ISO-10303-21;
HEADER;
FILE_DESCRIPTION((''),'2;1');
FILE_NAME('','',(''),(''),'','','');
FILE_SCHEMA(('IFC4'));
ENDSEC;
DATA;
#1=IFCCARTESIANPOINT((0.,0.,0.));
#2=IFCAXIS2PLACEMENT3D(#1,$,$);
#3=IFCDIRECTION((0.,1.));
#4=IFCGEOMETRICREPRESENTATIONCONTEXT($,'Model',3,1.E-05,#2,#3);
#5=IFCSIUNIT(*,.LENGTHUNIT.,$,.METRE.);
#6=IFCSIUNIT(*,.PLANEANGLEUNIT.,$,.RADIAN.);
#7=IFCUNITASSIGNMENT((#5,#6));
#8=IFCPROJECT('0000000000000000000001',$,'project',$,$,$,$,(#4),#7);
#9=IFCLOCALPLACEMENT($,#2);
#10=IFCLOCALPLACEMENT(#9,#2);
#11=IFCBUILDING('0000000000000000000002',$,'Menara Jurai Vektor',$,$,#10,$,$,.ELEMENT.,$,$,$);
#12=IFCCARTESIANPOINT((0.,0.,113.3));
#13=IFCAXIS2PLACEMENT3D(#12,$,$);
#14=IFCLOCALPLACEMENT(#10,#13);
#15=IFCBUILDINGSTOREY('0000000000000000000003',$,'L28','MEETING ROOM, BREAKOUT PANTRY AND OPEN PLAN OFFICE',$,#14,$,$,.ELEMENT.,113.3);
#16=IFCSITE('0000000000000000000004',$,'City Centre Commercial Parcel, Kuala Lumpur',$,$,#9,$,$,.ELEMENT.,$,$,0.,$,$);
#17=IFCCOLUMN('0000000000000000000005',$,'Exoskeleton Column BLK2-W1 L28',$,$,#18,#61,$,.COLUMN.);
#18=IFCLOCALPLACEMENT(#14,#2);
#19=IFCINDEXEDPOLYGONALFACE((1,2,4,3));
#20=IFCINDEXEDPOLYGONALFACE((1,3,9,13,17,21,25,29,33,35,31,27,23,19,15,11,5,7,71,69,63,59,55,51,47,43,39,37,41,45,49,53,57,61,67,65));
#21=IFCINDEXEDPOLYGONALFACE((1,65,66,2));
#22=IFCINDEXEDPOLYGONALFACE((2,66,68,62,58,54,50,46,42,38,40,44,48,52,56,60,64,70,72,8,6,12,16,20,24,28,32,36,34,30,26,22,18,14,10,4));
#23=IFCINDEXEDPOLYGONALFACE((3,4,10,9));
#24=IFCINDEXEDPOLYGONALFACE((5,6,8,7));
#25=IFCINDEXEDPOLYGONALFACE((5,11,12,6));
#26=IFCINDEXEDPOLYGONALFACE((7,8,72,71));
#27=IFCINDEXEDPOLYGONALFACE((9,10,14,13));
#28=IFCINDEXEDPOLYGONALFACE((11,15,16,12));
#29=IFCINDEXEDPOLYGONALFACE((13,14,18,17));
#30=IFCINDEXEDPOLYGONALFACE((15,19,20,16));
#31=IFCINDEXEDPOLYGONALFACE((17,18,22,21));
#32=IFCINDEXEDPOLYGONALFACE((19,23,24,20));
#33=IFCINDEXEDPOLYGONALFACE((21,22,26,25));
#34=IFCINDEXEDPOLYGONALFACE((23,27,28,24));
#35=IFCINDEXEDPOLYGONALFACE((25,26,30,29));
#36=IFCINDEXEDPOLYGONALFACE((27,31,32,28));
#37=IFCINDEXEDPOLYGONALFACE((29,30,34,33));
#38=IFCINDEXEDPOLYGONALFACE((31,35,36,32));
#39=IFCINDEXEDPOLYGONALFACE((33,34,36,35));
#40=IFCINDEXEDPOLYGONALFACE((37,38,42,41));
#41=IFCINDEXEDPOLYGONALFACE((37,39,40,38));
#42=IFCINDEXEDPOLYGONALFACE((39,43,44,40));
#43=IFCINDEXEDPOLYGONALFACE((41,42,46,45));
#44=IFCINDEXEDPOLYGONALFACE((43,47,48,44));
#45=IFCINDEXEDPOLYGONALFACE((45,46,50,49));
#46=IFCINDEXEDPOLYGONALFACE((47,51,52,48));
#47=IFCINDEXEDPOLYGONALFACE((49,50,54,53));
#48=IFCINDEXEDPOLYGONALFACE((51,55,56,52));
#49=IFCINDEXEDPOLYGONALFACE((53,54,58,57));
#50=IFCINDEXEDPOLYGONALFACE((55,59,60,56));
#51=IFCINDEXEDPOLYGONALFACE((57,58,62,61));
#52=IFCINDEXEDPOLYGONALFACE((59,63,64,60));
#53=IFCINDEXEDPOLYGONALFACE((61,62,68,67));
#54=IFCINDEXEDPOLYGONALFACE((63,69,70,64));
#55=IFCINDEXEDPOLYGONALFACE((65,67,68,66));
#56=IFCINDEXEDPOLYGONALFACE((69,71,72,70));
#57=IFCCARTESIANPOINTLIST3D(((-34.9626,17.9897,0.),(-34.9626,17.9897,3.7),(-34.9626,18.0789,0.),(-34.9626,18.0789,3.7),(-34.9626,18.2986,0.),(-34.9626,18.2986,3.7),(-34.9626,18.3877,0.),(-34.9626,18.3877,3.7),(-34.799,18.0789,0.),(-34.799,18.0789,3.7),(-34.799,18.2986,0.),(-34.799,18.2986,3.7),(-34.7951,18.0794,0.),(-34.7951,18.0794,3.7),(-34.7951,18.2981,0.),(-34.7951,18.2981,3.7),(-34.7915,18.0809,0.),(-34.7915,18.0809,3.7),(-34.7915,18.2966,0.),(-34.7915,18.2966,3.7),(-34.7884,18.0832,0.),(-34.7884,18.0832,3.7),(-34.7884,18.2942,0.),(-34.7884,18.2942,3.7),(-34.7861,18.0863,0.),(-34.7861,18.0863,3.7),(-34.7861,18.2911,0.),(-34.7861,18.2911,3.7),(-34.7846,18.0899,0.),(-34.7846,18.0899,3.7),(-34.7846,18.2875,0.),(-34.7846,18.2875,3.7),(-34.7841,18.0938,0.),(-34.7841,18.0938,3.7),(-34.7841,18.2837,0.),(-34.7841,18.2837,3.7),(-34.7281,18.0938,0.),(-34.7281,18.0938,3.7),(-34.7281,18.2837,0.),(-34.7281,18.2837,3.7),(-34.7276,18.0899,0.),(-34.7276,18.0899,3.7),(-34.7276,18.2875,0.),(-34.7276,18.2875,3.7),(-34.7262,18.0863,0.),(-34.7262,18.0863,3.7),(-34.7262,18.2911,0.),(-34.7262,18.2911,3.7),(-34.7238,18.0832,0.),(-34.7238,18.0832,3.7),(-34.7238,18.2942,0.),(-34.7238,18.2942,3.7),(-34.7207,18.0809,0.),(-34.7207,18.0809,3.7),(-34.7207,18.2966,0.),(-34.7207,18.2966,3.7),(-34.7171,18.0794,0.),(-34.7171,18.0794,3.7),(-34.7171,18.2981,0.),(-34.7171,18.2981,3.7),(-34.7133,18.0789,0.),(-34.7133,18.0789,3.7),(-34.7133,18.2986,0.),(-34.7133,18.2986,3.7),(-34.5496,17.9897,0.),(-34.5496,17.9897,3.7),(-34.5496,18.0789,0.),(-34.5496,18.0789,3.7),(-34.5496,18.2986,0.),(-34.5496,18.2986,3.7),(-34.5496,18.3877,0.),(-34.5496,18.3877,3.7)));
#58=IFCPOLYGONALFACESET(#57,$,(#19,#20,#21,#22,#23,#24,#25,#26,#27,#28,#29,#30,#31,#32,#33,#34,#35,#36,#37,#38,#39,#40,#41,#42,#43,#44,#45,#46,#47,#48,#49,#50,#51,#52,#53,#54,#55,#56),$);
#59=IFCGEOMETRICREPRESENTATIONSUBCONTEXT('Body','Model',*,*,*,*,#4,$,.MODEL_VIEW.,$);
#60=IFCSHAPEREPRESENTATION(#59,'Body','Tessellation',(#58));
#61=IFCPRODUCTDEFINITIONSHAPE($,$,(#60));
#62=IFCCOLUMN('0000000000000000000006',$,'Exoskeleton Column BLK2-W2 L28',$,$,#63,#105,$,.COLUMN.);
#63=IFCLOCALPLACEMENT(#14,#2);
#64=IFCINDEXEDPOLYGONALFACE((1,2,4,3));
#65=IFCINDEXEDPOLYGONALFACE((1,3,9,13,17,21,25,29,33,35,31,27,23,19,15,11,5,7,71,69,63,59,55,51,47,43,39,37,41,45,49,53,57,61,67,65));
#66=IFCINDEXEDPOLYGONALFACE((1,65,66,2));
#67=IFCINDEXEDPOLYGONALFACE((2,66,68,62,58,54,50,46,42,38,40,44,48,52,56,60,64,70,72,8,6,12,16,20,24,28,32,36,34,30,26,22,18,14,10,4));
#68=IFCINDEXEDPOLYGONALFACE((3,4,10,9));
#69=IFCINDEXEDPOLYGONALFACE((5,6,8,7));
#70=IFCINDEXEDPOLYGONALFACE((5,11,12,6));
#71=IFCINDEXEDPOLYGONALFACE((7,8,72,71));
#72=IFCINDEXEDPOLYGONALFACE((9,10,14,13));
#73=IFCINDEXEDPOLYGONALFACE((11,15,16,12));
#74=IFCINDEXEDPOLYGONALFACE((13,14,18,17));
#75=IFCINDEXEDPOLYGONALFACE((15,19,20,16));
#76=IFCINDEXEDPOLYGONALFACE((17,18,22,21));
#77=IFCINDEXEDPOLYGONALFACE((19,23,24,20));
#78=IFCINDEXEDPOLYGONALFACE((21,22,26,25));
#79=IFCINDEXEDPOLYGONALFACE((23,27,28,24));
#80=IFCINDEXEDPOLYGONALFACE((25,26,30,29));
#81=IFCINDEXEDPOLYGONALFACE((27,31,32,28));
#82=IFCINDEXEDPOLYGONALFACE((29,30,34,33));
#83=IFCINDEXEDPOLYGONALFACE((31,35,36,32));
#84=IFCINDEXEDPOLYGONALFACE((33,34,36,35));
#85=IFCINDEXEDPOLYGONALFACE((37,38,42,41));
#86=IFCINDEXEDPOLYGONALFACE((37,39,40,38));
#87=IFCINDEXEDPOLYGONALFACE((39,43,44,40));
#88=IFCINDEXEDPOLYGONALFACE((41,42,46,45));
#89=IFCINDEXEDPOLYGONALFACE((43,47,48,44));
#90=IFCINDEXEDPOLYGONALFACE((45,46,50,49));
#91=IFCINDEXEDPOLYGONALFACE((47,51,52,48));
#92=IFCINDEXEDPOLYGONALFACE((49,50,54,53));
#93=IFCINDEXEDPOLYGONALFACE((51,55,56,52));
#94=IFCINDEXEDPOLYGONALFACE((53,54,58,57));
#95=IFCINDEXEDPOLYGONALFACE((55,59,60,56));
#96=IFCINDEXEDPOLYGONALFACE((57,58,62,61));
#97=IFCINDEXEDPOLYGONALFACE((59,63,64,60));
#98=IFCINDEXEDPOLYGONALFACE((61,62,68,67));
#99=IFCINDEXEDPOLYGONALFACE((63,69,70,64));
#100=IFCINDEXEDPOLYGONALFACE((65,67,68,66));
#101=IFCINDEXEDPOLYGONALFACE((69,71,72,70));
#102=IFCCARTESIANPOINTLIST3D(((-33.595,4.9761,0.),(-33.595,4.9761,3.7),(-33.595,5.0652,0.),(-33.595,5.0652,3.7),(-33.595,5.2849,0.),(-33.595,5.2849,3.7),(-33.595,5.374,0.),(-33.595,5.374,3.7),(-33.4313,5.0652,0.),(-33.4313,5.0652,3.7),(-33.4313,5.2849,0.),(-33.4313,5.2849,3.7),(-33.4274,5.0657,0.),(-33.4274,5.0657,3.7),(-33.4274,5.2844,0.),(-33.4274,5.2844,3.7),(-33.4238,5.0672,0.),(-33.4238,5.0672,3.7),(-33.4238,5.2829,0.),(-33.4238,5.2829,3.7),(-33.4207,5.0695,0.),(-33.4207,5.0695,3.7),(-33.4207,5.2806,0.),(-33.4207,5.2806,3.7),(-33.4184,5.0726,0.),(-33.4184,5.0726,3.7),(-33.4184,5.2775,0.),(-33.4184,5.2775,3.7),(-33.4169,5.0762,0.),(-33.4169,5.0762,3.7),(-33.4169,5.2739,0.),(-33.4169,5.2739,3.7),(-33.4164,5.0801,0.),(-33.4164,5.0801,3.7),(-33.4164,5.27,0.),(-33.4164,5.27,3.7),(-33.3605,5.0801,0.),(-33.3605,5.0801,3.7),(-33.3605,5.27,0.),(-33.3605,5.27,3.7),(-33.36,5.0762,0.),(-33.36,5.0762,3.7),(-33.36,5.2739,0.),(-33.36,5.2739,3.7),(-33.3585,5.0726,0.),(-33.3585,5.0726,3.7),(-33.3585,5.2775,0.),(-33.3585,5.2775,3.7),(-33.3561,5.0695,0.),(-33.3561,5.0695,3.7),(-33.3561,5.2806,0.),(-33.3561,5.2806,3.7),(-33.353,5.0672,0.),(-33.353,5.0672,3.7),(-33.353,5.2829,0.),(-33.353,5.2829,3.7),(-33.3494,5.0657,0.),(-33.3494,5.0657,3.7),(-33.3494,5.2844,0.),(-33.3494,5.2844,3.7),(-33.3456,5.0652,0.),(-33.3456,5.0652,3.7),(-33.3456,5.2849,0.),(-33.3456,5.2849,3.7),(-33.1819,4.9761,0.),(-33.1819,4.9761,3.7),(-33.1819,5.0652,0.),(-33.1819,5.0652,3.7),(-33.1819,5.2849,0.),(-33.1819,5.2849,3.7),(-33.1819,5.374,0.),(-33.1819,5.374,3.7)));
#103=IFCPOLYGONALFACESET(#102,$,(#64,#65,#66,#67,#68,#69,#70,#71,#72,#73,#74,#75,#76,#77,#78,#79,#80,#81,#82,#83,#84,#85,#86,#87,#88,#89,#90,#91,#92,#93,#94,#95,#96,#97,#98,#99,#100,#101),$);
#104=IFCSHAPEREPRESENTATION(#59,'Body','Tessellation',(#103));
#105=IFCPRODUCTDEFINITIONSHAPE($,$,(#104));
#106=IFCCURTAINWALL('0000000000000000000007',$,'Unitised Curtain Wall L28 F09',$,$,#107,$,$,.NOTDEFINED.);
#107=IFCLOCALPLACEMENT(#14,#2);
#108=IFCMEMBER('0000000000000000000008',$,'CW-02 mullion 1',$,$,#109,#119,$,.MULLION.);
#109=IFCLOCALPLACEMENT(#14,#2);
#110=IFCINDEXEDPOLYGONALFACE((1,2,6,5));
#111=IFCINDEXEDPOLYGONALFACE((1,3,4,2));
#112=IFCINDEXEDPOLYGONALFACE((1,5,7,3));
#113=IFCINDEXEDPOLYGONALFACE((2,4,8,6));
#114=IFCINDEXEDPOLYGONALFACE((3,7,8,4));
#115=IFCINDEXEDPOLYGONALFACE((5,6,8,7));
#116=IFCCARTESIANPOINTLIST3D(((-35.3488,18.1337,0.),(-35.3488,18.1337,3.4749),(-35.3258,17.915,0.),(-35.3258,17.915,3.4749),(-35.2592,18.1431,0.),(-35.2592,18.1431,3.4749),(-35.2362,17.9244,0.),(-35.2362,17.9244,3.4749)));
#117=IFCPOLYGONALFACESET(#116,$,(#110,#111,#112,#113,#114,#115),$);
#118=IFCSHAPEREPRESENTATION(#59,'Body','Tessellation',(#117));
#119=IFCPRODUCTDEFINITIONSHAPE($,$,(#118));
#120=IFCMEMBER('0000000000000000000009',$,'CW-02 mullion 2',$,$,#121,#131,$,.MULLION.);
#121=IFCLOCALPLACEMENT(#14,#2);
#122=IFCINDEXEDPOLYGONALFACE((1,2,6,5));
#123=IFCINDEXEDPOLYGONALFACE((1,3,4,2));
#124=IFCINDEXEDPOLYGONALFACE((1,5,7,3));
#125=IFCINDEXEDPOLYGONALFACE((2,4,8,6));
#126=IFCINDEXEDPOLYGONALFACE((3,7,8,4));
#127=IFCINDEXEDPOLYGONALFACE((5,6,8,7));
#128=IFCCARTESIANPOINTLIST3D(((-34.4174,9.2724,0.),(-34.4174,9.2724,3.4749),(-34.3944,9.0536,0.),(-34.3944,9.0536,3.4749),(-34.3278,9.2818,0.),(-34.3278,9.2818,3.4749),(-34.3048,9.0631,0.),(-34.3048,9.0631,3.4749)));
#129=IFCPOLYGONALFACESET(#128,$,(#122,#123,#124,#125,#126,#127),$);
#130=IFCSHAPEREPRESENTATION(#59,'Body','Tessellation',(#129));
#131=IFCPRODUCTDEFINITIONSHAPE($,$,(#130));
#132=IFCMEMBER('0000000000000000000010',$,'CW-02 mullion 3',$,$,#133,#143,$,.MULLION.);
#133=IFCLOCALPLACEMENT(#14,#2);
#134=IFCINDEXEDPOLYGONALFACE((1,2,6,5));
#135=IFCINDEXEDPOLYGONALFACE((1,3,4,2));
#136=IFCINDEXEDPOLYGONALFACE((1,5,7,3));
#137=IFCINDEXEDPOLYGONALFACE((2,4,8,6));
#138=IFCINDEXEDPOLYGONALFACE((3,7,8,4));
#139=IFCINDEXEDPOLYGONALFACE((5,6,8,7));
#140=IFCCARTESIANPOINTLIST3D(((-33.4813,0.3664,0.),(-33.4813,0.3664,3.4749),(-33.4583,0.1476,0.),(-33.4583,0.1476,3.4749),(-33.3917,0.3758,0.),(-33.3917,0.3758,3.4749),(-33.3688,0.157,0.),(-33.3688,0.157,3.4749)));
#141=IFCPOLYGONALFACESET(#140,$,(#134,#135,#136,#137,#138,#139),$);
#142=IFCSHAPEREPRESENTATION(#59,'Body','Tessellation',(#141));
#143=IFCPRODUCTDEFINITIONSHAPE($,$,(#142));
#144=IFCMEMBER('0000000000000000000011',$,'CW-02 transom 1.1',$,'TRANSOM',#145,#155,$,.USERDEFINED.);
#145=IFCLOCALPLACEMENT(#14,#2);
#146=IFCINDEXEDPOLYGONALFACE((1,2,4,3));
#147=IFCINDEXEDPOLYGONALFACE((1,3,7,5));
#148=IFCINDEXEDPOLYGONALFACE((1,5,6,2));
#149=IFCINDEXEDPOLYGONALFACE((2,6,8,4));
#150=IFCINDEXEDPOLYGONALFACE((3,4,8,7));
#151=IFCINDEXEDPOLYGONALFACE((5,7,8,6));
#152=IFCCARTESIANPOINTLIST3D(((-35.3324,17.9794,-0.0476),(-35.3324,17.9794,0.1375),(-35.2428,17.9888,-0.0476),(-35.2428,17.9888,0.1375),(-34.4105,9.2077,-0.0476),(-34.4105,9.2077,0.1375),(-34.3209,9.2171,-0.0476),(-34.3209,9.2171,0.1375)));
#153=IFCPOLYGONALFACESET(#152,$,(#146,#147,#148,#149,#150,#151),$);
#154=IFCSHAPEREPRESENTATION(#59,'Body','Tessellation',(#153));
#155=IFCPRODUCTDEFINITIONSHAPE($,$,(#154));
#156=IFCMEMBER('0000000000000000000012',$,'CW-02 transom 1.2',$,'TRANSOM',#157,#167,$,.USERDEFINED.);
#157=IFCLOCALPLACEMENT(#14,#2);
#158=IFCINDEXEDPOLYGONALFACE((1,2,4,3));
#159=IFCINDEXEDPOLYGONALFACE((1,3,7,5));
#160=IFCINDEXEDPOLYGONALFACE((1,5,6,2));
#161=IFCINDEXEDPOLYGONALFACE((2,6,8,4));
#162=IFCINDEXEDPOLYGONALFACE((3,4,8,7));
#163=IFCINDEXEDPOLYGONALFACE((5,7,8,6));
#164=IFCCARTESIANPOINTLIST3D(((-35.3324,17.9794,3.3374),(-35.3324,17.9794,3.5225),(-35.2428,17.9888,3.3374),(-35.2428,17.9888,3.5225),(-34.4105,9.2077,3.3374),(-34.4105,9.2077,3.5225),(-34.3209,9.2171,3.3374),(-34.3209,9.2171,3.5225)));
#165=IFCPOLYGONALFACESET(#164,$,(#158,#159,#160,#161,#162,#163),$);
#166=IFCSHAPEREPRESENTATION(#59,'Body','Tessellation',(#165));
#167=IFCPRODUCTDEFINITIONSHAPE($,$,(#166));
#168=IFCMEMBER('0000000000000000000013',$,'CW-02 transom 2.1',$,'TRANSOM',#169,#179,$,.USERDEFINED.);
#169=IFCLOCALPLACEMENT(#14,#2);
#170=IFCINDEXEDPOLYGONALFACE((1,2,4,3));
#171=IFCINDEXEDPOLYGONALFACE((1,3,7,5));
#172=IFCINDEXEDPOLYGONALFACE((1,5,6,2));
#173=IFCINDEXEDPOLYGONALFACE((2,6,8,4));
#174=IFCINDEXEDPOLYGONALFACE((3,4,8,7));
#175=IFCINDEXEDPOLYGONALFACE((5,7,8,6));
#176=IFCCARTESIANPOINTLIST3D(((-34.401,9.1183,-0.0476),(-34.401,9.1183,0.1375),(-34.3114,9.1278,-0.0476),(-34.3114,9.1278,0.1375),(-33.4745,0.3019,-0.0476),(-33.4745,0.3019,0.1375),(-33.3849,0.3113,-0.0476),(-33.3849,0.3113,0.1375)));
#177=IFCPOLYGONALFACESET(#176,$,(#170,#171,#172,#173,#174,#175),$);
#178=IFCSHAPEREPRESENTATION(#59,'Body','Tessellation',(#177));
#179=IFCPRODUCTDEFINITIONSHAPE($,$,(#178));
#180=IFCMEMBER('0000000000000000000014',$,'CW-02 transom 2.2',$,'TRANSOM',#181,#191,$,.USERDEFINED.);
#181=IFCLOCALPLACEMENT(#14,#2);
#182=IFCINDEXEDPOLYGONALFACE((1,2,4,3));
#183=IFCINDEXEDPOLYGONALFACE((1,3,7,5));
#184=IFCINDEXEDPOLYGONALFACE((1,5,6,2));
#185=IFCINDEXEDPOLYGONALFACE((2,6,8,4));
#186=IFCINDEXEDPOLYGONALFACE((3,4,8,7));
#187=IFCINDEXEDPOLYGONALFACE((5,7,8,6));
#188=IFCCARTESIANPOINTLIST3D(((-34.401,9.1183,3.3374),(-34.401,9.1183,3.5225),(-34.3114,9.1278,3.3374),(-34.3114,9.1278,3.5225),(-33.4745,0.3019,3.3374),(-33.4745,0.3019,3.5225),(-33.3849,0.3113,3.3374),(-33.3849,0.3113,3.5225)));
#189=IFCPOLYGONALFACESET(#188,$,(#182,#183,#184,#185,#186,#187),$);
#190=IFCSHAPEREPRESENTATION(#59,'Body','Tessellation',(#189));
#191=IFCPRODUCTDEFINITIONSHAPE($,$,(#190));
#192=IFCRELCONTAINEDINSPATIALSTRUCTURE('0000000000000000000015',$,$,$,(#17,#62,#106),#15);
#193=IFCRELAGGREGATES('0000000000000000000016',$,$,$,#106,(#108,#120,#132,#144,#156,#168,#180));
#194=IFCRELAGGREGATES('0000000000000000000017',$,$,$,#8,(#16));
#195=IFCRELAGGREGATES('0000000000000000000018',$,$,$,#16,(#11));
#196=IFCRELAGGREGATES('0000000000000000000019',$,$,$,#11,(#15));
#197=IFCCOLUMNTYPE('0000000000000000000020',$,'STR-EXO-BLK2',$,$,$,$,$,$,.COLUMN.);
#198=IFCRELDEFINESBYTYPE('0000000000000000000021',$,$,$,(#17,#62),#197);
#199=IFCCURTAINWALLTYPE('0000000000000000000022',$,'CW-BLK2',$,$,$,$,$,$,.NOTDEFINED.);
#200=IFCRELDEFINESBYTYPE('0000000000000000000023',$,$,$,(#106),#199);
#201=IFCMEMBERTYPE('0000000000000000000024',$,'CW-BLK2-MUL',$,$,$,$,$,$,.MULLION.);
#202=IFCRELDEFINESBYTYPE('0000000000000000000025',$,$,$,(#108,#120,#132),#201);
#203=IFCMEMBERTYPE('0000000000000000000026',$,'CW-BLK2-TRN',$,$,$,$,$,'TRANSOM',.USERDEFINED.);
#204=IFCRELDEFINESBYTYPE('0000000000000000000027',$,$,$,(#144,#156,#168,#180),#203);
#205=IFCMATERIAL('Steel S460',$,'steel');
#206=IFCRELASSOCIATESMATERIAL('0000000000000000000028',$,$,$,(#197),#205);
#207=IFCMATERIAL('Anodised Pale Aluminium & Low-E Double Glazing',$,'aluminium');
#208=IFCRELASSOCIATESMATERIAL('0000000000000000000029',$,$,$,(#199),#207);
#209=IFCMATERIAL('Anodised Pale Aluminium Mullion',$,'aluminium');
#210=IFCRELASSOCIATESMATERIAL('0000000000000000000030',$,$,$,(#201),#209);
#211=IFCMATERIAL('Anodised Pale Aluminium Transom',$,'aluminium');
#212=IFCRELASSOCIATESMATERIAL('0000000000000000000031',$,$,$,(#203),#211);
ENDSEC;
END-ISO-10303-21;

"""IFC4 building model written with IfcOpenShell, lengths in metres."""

from ifc_helpers import new_model, si_unit, direction, frame, origin, origin_2d, place, context, subcontext, project, spatial, rectangle, i_section, extrude, material, material_profile, profile_set, type_object, element, aggregate, save


model = new_model("IFC4")

# Units and contexts
model_context = context("Model", 3, precision=1e-05, world=origin(), true_north=direction((0.0, 1.0)))
body_context = subcontext(model_context, "Body", "Model", "MODEL_VIEW")
ifc_project = project(units=[si_unit("LENGTHUNIT", "METRE"), si_unit("PLANEANGLEUNIT", "RADIAN")], contexts=[model_context])

# Site, building, storey
site_placement = place(None, origin())
site = spatial("IfcSite", under=ifc_project, at=site_placement, Name="City Centre Commercial Parcel, Kuala Lumpur", CompositionType="ELEMENT", RefElevation=0.0)
building_placement = place(site_placement, origin())
building = spatial("IfcBuilding", under=site, at=building_placement, Name="Menara Jurai Vektor", CompositionType="ELEMENT")
storey_placement = place(building_placement, frame((0.0, 0.0, 113.3)))
storey = spatial("IfcBuildingStorey", under=building, at=storey_placement, Name="L28", Description="MEETING ROOM, BREAKOUT PANTRY AND OPEN PLAN OFFICE", CompositionType="ELEMENT", Elevation=113.3)

# Columns
ifc_material_1 = material(Name="Steel S460", Category="steel")
ifc_material_profile_1 = material_profile(ifc_material_1, i_section(OverallWidth=0.4131, OverallDepth=0.3979, WebThickness=0.0559, FlangeThickness=0.0891, FilletRadius=0.0149, at=origin_2d()), Name="HD 400x744")
ifc_profile_set_1 = profile_set([ifc_material_profile_1], Name="Steel S460")
column_type = type_object("IfcColumnType", Name="STR-EXO-BLK2", PredefinedType="COLUMN", material=ifc_profile_set_1)
for number, where, z_axis, x_axis, name in (
    (1, (-34.7561, 18.1887, 0.0), (0.0, 0.0, 1.0), (1.0, 0.0, 0.0), "Exoskeleton Column BLK2-W1 L28"),
    (2, (-33.3884, 5.175, 0.0), (0.0, 0.0, 1.0), (1.0, 0.0, 0.0), "Exoskeleton Column BLK2-W2 L28"),
):
    element("IfcColumn", number, at=place(storey_placement, frame(where, z_axis=z_axis, x_axis=x_axis)), inside=storey, type_object=column_type, Name=name, PredefinedType="COLUMN", context=body_context, shape_type="SweptSolid", body=[
        extrude(i_section(OverallWidth=0.4131, OverallDepth=0.3979, WebThickness=0.0559, FlangeThickness=0.0891, FilletRadius=0.0149, at=origin_2d()), origin(), (0.0, 0.0, 1.0), 3.7),
    ])

# Curtain wall, members
ifc_material_2 = material(Name="Anodised Pale Aluminium & Low-E Double Glazing", Category="aluminium")
curtain_wall_type = type_object("IfcCurtainWallType", Name="CW-BLK2", PredefinedType="NOTDEFINED", material=ifc_material_2)
curtain_wall_placement = place(storey_placement, origin())
curtain_wall = element("IfcCurtainWall", 3, at=curtain_wall_placement, inside=storey, type_object=curtain_wall_type, Name="Unitised Curtain Wall L28 F09", PredefinedType="NOTDEFINED")
ifc_material_3 = material(Name="Anodised Pale Aluminium Mullion", Category="aluminium")
ifc_material_profile_2 = material_profile(ifc_material_3, rectangle(XDim=0.0901, YDim=0.22, at=origin_2d()), Name="ALU MUL 90x220")
ifc_profile_set_2 = profile_set([ifc_material_profile_2], Name="Anodised Pale Aluminium Mullion")
member_type_1 = type_object("IfcMemberType", Name="CW-BLK2-MUL", PredefinedType="MULLION", material=ifc_profile_set_2)
member_1_placement = place(storey_placement, frame((-35.2925, 18.0291, 0.0), z_axis=(0.0, 0.0, 1.0), x_axis=(0.994522, 0.104531, 0.0)))
member_1 = element("IfcMember", 4, at=member_1_placement, type_object=member_type_1, Name="CW-02 mullion 1", PredefinedType="MULLION", context=body_context, shape_type="SweptSolid", body=[
    extrude(rectangle(XDim=0.0901, YDim=0.22, at=origin_2d()), origin(), (0.0, 0.0, 1.0), 3.4749),
])
member_2_placement = place(storey_placement, frame((-34.3611, 9.1677, 0.0), z_axis=(0.0, 0.0, 1.0), x_axis=(0.994522, 0.104531, 0.0)))
member_2 = element("IfcMember", 5, at=member_2_placement, type_object=member_type_1, Name="CW-02 mullion 2", PredefinedType="MULLION", context=body_context, shape_type="SweptSolid", body=[
    extrude(rectangle(XDim=0.0901, YDim=0.22, at=origin_2d()), origin(), (0.0, 0.0, 1.0), 3.4749),
])
member_3_placement = place(storey_placement, frame((-33.425, 0.2617, 0.0), z_axis=(0.0, 0.0, 1.0), x_axis=(0.994522, 0.104531, 0.0)))
member_3 = element("IfcMember", 6, at=member_3_placement, type_object=member_type_1, Name="CW-02 mullion 3", PredefinedType="MULLION", context=body_context, shape_type="SweptSolid", body=[
    extrude(rectangle(XDim=0.0901, YDim=0.22, at=origin_2d()), origin(), (0.0, 0.0, 1.0), 3.4749),
])
ifc_material_4 = material(Name="Anodised Pale Aluminium Transom", Category="aluminium")
ifc_material_profile_3 = material_profile(ifc_material_4, rectangle(XDim=0.0901, YDim=0.1851, at=origin_2d()), Name="ALU TRN 90x185")
ifc_profile_set_3 = profile_set([ifc_material_profile_3], Name="Anodised Pale Aluminium Transom")
member_type_2 = type_object("IfcMemberType", Name="CW-BLK2-TRN", ElementType="TRANSOM", PredefinedType="USERDEFINED", material=ifc_profile_set_3)
member_4_placement = place(storey_placement, frame((-35.2876, 17.9841, 0.0449), z_axis=(0.104521, -0.994523, 0.0), x_axis=(0.994523, 0.104521, 0.0)))
member_4 = element("IfcMember", 7, at=member_4_placement, type_object=member_type_2, Name="CW-02 transom 1.1", ObjectType="TRANSOM", PredefinedType="USERDEFINED", context=body_context, shape_type="SweptSolid", body=[
    extrude(rectangle(XDim=0.0901, YDim=0.1851, at=origin_2d()), origin(), (0.0, 0.0, 1.0), 8.8201),
])
member_5_placement = place(storey_placement, frame((-35.2876, 17.9841, 3.4299), z_axis=(0.104521, -0.994523, 0.0), x_axis=(0.994523, 0.104521, 0.0)))
member_5 = element("IfcMember", 8, at=member_5_placement, type_object=member_type_2, Name="CW-02 transom 1.2", ObjectType="TRANSOM", PredefinedType="USERDEFINED", context=body_context, shape_type="SweptSolid", body=[
    extrude(rectangle(XDim=0.0901, YDim=0.1851, at=origin_2d()), origin(), (0.0, 0.0, 1.0), 8.8201),
])
member_6_placement = place(storey_placement, frame((-34.3562, 9.123, 0.0449), z_axis=(0.104514, -0.994523, 0.0), x_axis=(0.994523, 0.104514, 0.0)))
member_6 = element("IfcMember", 9, at=member_6_placement, type_object=member_type_2, Name="CW-02 transom 2.1", ObjectType="TRANSOM", PredefinedType="USERDEFINED", context=body_context, shape_type="SweptSolid", body=[
    extrude(rectangle(XDim=0.0901, YDim=0.1851, at=origin_2d()), origin(), (0.0, 0.0, 1.0), 8.865),
])
member_7_placement = place(storey_placement, frame((-34.3562, 9.123, 3.4299), z_axis=(0.104514, -0.994523, 0.0), x_axis=(0.994523, 0.104514, 0.0)))
member_7 = element("IfcMember", 10, at=member_7_placement, type_object=member_type_2, Name="CW-02 transom 2.2", ObjectType="TRANSOM", PredefinedType="USERDEFINED", context=body_context, shape_type="SweptSolid", body=[
    extrude(rectangle(XDim=0.0901, YDim=0.1851, at=origin_2d()), origin(), (0.0, 0.0, 1.0), 8.865),
])

aggregate(curtain_wall, [member_1, member_2, member_3, member_4, member_5, member_6, member_7])

save(model, "model.ifc")
